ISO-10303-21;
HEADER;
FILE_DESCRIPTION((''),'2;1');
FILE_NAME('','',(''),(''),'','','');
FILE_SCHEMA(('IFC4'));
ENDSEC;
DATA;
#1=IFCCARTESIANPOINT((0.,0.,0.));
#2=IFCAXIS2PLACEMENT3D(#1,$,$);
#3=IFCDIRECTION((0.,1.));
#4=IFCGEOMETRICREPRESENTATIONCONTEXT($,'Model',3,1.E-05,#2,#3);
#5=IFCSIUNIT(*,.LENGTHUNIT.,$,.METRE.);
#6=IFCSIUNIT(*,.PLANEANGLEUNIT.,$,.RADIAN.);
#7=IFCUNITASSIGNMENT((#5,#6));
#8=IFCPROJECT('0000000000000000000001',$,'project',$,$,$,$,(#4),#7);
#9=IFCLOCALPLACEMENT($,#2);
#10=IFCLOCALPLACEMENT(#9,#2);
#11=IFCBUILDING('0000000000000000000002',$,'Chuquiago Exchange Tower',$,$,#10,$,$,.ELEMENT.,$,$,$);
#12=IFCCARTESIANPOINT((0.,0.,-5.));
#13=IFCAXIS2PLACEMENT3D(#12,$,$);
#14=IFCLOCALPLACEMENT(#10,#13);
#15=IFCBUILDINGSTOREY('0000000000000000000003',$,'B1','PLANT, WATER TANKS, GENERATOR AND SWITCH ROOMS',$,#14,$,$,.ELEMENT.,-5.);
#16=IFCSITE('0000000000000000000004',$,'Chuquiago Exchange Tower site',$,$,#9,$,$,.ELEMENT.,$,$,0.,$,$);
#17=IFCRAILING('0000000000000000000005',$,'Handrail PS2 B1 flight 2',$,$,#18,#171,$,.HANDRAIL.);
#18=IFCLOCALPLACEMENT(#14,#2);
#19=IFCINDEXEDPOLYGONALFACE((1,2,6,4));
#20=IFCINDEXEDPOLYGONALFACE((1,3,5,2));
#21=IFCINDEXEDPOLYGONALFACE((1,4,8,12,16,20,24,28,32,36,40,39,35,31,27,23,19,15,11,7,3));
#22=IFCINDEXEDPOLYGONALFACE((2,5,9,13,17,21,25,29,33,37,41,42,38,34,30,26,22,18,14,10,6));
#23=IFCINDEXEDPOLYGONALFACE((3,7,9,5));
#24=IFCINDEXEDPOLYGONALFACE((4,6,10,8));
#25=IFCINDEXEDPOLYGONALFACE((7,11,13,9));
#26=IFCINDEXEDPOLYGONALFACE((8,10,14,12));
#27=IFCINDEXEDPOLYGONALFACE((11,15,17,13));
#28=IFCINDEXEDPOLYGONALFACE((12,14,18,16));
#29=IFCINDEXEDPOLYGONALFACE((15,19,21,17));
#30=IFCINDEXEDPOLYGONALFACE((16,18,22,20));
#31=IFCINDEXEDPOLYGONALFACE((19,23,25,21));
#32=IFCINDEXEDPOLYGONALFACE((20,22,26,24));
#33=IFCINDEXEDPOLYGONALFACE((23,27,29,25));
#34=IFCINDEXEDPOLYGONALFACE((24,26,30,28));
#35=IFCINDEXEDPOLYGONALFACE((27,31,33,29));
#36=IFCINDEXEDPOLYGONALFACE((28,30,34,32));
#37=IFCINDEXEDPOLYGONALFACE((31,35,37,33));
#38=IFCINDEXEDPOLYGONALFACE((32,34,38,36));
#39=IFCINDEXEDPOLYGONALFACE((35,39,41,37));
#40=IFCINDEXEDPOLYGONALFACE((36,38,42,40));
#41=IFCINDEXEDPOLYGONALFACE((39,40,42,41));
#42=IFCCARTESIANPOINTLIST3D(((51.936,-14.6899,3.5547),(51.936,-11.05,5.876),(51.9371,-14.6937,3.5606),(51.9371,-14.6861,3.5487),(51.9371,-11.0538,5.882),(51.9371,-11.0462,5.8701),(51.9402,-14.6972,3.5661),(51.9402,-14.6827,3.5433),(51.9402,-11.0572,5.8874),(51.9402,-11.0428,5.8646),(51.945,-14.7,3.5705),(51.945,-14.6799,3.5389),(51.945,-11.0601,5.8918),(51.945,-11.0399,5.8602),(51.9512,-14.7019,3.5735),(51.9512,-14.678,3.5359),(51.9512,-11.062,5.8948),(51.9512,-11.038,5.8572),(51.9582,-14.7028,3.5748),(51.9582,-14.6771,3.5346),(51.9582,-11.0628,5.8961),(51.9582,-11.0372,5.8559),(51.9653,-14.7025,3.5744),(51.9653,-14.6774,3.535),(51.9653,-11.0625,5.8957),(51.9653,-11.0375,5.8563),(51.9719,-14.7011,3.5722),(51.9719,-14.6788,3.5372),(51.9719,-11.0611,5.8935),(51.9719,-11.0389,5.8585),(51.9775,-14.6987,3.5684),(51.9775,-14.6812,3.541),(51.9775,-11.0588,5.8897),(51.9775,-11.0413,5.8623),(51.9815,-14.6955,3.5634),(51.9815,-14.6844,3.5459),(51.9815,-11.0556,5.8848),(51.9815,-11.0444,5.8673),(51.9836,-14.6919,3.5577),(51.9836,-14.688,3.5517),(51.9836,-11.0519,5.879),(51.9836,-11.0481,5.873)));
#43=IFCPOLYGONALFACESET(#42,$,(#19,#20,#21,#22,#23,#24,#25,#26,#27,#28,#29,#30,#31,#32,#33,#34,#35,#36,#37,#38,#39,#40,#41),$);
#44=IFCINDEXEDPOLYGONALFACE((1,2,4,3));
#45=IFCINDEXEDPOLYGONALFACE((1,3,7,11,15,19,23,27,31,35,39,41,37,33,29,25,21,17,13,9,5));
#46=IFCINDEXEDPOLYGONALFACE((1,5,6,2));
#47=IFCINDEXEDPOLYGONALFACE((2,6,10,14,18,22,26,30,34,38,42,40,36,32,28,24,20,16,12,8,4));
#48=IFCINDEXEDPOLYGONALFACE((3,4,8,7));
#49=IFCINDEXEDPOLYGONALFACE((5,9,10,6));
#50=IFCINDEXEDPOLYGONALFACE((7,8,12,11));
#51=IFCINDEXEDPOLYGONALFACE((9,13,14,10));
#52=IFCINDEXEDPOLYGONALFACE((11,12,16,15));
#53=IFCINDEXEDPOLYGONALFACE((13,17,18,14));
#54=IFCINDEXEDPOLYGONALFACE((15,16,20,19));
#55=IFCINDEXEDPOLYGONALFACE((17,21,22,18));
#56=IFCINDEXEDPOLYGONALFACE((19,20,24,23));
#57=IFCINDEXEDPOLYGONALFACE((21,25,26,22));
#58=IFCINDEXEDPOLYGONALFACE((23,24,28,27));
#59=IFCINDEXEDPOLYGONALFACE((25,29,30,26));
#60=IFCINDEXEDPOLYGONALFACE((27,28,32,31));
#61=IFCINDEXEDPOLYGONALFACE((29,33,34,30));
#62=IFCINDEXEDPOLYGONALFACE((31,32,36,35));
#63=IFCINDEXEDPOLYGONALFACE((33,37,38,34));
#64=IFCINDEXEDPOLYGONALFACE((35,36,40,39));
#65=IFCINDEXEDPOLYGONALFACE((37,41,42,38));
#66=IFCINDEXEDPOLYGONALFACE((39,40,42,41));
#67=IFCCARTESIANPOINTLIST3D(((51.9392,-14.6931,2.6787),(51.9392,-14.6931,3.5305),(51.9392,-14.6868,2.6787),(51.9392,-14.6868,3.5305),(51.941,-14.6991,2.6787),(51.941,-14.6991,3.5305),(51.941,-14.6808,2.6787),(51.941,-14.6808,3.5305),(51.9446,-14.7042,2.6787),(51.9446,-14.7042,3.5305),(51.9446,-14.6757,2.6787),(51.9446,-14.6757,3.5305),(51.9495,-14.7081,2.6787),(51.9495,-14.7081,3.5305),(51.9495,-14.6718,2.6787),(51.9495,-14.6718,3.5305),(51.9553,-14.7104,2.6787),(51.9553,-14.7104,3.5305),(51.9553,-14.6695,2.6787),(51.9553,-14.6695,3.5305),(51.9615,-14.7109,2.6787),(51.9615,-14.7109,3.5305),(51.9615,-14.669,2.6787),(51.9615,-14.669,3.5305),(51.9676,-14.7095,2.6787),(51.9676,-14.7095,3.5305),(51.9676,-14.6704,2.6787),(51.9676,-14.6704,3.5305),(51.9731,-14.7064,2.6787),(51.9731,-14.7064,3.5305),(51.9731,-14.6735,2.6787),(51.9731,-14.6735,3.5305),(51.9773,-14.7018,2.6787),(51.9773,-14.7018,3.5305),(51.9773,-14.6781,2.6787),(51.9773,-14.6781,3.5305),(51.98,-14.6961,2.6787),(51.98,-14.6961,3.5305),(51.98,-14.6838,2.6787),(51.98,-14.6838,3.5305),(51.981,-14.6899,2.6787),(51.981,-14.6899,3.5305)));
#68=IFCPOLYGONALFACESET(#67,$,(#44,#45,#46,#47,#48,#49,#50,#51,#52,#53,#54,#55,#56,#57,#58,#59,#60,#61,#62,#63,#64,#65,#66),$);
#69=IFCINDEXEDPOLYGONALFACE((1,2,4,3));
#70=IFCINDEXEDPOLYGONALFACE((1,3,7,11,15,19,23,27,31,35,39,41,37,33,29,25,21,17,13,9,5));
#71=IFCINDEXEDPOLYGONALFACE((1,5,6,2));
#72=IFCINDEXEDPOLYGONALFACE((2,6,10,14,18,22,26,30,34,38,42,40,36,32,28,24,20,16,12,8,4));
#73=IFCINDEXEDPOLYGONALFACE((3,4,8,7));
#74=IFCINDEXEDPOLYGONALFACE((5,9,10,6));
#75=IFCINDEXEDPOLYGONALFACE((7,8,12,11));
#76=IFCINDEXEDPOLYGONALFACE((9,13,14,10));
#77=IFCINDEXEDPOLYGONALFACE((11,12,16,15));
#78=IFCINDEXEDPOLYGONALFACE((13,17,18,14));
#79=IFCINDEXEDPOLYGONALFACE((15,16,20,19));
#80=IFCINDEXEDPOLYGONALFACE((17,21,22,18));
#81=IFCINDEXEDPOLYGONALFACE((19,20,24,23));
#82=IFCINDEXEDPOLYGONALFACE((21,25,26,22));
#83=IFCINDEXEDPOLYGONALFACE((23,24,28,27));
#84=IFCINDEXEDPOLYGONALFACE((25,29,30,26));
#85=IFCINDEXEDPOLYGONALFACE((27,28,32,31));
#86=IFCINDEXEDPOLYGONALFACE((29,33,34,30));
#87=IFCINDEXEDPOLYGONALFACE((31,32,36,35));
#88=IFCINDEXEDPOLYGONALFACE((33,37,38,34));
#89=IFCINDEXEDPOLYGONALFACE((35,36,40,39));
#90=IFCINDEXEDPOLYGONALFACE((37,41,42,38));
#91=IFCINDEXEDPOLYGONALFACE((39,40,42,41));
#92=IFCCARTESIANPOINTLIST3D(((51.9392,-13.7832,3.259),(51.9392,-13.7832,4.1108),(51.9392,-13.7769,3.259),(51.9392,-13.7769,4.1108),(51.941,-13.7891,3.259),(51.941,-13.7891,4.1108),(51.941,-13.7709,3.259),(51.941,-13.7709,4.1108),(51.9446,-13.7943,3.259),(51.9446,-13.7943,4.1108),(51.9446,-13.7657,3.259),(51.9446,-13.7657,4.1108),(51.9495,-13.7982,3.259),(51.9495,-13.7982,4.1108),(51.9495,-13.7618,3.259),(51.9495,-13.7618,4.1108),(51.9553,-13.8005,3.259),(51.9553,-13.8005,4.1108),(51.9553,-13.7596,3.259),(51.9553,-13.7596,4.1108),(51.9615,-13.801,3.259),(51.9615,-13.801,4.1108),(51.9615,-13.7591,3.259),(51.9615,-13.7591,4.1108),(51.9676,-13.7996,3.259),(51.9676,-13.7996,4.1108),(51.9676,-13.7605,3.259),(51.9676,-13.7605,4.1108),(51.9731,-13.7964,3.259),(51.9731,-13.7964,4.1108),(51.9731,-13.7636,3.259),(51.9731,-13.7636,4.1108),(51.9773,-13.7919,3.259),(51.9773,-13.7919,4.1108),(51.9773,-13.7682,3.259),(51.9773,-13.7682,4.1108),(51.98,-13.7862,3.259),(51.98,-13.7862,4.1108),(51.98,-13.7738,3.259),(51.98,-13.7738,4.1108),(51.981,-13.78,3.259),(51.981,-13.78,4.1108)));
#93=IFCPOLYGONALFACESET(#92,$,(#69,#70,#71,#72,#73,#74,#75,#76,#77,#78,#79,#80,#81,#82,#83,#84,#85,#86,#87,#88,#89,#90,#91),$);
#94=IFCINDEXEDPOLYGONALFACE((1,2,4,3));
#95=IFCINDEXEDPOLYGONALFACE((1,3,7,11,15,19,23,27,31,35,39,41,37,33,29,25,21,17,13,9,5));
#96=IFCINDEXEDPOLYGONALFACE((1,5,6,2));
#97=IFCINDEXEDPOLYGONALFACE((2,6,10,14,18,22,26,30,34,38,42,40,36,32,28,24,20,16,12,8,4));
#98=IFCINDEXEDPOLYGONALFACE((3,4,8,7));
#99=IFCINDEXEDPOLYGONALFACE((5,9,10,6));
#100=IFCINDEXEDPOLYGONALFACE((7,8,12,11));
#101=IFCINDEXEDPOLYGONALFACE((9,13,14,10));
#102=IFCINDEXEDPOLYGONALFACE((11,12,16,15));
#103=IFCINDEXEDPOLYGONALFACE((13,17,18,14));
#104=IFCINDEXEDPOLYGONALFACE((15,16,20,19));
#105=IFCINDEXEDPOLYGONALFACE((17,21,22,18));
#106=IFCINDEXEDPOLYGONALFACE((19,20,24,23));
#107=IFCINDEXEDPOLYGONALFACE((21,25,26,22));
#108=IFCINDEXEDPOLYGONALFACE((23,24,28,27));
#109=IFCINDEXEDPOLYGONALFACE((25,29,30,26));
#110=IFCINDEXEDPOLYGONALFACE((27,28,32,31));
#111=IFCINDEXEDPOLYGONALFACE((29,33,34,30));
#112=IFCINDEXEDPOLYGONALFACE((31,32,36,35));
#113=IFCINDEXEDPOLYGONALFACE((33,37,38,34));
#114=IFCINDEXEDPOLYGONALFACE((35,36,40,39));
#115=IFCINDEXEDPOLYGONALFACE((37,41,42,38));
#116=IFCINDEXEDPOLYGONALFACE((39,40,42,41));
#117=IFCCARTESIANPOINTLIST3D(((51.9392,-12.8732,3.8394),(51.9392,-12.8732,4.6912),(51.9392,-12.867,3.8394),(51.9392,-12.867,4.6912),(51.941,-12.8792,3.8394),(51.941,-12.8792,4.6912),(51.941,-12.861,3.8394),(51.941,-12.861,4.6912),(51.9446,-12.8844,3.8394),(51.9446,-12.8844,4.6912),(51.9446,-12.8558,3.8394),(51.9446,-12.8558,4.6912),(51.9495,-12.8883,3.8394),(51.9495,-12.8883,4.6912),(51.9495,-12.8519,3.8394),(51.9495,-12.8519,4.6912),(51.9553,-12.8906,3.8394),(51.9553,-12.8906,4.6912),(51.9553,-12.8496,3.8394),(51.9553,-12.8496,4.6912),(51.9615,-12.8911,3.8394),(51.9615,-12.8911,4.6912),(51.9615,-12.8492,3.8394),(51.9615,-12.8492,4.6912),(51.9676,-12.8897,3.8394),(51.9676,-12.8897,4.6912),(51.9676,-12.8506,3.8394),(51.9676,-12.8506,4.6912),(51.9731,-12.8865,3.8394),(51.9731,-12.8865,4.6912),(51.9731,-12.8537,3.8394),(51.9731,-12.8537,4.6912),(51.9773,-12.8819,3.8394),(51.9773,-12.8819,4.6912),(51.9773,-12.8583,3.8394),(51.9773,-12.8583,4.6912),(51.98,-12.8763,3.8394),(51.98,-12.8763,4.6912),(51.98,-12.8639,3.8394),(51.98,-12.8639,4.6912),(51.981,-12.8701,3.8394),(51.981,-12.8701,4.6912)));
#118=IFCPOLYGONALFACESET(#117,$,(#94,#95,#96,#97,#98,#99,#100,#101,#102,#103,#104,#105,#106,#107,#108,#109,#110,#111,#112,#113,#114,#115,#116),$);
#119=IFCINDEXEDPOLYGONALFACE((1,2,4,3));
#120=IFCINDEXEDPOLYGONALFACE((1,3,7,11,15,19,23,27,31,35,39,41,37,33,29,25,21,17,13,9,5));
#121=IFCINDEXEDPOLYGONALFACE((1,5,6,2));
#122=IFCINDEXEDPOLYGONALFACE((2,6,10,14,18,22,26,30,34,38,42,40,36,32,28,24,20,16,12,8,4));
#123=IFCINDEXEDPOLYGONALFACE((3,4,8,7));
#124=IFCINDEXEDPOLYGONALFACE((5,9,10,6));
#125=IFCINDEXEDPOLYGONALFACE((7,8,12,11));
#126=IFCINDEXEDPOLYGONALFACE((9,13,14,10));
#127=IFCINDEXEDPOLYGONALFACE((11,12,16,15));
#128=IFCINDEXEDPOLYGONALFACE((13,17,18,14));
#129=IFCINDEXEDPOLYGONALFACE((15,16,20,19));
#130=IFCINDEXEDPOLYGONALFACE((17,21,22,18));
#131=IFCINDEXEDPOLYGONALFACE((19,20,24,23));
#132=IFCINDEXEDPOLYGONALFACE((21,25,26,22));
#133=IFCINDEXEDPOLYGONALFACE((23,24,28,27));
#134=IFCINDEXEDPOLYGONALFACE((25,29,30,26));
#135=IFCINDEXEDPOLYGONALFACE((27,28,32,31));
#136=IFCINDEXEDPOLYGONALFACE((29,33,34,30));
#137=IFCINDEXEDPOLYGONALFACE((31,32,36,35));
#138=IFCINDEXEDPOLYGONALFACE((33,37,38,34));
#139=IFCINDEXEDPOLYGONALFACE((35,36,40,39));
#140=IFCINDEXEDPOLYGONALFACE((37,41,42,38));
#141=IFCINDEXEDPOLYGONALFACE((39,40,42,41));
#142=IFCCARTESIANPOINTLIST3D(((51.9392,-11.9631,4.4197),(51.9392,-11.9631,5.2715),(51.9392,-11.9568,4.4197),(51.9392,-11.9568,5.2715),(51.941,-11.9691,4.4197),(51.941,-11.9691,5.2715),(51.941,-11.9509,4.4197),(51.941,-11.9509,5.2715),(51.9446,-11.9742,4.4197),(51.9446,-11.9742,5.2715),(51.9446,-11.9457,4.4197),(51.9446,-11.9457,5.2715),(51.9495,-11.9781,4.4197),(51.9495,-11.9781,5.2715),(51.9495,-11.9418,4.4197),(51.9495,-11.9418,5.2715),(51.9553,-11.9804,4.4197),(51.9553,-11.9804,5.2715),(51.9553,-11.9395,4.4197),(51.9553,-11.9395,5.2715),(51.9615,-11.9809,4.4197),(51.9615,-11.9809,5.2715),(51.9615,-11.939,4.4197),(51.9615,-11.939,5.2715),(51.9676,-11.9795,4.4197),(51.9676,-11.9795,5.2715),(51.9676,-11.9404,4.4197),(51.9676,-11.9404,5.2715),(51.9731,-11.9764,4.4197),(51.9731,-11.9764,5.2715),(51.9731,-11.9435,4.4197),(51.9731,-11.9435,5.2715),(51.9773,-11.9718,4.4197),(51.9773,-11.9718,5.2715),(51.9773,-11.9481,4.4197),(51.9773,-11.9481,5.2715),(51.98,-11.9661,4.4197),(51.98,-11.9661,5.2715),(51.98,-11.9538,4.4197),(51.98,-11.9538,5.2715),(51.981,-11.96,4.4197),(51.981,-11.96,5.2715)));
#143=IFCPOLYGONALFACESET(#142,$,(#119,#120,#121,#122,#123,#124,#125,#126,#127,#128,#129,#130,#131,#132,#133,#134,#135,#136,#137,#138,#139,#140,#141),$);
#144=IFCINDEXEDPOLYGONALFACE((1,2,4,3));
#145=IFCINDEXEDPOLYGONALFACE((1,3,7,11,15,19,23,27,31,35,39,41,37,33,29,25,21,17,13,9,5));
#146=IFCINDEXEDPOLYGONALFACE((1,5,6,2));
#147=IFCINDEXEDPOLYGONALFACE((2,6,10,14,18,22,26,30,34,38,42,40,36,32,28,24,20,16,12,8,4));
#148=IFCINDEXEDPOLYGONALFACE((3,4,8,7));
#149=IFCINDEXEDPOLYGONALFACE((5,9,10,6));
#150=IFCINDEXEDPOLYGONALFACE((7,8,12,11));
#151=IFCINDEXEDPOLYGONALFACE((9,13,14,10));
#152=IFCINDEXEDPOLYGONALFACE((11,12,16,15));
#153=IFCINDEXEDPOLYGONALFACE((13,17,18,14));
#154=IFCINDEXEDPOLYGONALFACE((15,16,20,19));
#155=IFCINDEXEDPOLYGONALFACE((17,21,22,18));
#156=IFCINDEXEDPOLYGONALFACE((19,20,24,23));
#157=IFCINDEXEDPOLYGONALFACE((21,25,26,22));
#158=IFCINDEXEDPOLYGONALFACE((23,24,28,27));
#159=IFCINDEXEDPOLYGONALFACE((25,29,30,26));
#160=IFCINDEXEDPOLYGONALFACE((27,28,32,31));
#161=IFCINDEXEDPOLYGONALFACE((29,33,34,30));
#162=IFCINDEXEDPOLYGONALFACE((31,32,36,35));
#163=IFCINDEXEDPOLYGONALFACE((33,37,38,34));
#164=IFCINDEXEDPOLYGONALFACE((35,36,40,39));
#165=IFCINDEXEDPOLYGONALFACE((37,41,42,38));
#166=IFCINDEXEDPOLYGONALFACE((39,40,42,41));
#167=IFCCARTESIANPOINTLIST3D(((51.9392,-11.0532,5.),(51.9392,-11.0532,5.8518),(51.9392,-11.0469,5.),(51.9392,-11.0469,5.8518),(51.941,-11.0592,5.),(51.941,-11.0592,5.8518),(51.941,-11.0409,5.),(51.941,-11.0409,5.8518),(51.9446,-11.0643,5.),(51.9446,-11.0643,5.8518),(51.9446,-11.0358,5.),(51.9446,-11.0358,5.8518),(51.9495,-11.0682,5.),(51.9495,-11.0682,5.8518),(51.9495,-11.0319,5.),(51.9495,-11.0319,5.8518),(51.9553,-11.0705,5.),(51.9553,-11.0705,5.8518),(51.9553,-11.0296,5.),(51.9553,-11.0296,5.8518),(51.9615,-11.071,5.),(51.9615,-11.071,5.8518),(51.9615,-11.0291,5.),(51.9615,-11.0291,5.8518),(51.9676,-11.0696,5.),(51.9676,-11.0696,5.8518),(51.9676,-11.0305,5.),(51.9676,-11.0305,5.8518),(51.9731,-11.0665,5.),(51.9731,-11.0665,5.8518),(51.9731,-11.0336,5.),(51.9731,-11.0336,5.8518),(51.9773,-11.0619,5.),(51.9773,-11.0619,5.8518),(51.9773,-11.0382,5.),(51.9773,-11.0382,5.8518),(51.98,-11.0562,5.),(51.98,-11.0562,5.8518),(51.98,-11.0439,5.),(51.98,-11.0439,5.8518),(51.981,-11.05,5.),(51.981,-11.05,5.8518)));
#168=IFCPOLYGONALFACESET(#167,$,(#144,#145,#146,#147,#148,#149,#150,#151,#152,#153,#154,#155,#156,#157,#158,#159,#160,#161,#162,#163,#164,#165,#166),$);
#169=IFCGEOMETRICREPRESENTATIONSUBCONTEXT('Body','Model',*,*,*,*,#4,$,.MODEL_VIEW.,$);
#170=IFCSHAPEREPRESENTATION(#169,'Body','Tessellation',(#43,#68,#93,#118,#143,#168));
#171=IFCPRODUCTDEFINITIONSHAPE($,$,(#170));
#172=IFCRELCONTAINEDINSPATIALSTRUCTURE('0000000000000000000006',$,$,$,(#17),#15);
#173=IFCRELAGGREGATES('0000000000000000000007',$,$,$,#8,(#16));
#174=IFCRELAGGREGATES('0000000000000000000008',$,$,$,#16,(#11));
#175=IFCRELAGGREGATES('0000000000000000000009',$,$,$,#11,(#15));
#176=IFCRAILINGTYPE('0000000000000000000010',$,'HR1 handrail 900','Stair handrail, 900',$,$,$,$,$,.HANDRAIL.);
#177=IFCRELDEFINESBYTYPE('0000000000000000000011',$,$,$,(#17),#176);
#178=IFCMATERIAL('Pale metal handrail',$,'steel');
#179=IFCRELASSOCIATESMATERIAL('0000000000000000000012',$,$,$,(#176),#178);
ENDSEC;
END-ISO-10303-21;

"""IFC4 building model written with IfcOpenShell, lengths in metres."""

from ifc_helpers import new_model, si_unit, direction, frame, origin, origin_2d, place, context, subcontext, project, spatial, circle, extrude, material, type_object, element, save


model = new_model("IFC4")

# Units and contexts
model_context = context("Model", 3, precision=1e-05, world=origin(), true_north=direction((0.0, 1.0)))
body_context = subcontext(model_context, "Body", "Model", "MODEL_VIEW")
ifc_project = project(units=[si_unit("LENGTHUNIT", "METRE"), si_unit("PLANEANGLEUNIT", "RADIAN")], contexts=[model_context])

# Site, building, storey
site_placement = place(None, origin())
site = spatial("IfcSite", under=ifc_project, at=site_placement, Name="Chuquiago Exchange Tower site", CompositionType="ELEMENT", RefElevation=0.0)
building_placement = place(site_placement, origin())
building = spatial("IfcBuilding", under=site, at=building_placement, Name="Chuquiago Exchange Tower", CompositionType="ELEMENT")
storey_placement = place(building_placement, frame((0.0, 0.0, -5.0)))
storey = spatial("IfcBuildingStorey", under=building, at=storey_placement, Name="B1", Description="PLANT, WATER TANKS, GENERATOR AND SWITCH ROOMS", CompositionType="ELEMENT", Elevation=-5.0)

# Railing
ifc_material_1 = material(Name="Pale metal handrail", Category="steel")
railing_type = type_object("IfcRailingType", Name="HR1 handrail 900", Description="Stair handrail, 900", PredefinedType="HANDRAIL", material=ifc_material_1)
for number, where, name in (
    (1, (51.96, -14.6899, 2.6787), "Handrail PS2 B1 flight 2"),
):
    element("IfcRailing", number, at=place(storey_placement, frame(where)), inside=storey, type_object=railing_type, Name=name, PredefinedType="HANDRAIL", context=body_context, shape_type="SweptSolid", body=[
        extrude(circle(Radius=0.0239, at=origin_2d()), frame((0.0, 0.0, 0.876), z_axis=(0.0, 0.843137, 0.537699), x_axis=(-1.0, 0.0, 0.0)), (0.0, 0.0, 1.0), 4.3171),
        extrude(circle(Radius=0.021, at=origin_2d()), origin(), (0.0, 0.0, 1.0), 0.8518),
        extrude(circle(Radius=0.021, at=origin_2d()), frame((0.0, 0.9099, 0.5803)), (0.0, 0.0, 1.0), 0.8518),
        extrude(circle(Radius=0.021, at=origin_2d()), frame((0.0, 1.8198, 1.1606)), (0.0, 0.0, 1.0), 0.8518),
        extrude(circle(Radius=0.021, at=origin_2d()), frame((0.0, 2.73, 1.741)), (0.0, 0.0, 1.0), 0.8518),
        extrude(circle(Radius=0.021, at=origin_2d()), frame((0.0, 3.6399, 2.3213)), (0.0, 0.0, 1.0), 0.8518),
    ])

save(model, "model.ifc")
